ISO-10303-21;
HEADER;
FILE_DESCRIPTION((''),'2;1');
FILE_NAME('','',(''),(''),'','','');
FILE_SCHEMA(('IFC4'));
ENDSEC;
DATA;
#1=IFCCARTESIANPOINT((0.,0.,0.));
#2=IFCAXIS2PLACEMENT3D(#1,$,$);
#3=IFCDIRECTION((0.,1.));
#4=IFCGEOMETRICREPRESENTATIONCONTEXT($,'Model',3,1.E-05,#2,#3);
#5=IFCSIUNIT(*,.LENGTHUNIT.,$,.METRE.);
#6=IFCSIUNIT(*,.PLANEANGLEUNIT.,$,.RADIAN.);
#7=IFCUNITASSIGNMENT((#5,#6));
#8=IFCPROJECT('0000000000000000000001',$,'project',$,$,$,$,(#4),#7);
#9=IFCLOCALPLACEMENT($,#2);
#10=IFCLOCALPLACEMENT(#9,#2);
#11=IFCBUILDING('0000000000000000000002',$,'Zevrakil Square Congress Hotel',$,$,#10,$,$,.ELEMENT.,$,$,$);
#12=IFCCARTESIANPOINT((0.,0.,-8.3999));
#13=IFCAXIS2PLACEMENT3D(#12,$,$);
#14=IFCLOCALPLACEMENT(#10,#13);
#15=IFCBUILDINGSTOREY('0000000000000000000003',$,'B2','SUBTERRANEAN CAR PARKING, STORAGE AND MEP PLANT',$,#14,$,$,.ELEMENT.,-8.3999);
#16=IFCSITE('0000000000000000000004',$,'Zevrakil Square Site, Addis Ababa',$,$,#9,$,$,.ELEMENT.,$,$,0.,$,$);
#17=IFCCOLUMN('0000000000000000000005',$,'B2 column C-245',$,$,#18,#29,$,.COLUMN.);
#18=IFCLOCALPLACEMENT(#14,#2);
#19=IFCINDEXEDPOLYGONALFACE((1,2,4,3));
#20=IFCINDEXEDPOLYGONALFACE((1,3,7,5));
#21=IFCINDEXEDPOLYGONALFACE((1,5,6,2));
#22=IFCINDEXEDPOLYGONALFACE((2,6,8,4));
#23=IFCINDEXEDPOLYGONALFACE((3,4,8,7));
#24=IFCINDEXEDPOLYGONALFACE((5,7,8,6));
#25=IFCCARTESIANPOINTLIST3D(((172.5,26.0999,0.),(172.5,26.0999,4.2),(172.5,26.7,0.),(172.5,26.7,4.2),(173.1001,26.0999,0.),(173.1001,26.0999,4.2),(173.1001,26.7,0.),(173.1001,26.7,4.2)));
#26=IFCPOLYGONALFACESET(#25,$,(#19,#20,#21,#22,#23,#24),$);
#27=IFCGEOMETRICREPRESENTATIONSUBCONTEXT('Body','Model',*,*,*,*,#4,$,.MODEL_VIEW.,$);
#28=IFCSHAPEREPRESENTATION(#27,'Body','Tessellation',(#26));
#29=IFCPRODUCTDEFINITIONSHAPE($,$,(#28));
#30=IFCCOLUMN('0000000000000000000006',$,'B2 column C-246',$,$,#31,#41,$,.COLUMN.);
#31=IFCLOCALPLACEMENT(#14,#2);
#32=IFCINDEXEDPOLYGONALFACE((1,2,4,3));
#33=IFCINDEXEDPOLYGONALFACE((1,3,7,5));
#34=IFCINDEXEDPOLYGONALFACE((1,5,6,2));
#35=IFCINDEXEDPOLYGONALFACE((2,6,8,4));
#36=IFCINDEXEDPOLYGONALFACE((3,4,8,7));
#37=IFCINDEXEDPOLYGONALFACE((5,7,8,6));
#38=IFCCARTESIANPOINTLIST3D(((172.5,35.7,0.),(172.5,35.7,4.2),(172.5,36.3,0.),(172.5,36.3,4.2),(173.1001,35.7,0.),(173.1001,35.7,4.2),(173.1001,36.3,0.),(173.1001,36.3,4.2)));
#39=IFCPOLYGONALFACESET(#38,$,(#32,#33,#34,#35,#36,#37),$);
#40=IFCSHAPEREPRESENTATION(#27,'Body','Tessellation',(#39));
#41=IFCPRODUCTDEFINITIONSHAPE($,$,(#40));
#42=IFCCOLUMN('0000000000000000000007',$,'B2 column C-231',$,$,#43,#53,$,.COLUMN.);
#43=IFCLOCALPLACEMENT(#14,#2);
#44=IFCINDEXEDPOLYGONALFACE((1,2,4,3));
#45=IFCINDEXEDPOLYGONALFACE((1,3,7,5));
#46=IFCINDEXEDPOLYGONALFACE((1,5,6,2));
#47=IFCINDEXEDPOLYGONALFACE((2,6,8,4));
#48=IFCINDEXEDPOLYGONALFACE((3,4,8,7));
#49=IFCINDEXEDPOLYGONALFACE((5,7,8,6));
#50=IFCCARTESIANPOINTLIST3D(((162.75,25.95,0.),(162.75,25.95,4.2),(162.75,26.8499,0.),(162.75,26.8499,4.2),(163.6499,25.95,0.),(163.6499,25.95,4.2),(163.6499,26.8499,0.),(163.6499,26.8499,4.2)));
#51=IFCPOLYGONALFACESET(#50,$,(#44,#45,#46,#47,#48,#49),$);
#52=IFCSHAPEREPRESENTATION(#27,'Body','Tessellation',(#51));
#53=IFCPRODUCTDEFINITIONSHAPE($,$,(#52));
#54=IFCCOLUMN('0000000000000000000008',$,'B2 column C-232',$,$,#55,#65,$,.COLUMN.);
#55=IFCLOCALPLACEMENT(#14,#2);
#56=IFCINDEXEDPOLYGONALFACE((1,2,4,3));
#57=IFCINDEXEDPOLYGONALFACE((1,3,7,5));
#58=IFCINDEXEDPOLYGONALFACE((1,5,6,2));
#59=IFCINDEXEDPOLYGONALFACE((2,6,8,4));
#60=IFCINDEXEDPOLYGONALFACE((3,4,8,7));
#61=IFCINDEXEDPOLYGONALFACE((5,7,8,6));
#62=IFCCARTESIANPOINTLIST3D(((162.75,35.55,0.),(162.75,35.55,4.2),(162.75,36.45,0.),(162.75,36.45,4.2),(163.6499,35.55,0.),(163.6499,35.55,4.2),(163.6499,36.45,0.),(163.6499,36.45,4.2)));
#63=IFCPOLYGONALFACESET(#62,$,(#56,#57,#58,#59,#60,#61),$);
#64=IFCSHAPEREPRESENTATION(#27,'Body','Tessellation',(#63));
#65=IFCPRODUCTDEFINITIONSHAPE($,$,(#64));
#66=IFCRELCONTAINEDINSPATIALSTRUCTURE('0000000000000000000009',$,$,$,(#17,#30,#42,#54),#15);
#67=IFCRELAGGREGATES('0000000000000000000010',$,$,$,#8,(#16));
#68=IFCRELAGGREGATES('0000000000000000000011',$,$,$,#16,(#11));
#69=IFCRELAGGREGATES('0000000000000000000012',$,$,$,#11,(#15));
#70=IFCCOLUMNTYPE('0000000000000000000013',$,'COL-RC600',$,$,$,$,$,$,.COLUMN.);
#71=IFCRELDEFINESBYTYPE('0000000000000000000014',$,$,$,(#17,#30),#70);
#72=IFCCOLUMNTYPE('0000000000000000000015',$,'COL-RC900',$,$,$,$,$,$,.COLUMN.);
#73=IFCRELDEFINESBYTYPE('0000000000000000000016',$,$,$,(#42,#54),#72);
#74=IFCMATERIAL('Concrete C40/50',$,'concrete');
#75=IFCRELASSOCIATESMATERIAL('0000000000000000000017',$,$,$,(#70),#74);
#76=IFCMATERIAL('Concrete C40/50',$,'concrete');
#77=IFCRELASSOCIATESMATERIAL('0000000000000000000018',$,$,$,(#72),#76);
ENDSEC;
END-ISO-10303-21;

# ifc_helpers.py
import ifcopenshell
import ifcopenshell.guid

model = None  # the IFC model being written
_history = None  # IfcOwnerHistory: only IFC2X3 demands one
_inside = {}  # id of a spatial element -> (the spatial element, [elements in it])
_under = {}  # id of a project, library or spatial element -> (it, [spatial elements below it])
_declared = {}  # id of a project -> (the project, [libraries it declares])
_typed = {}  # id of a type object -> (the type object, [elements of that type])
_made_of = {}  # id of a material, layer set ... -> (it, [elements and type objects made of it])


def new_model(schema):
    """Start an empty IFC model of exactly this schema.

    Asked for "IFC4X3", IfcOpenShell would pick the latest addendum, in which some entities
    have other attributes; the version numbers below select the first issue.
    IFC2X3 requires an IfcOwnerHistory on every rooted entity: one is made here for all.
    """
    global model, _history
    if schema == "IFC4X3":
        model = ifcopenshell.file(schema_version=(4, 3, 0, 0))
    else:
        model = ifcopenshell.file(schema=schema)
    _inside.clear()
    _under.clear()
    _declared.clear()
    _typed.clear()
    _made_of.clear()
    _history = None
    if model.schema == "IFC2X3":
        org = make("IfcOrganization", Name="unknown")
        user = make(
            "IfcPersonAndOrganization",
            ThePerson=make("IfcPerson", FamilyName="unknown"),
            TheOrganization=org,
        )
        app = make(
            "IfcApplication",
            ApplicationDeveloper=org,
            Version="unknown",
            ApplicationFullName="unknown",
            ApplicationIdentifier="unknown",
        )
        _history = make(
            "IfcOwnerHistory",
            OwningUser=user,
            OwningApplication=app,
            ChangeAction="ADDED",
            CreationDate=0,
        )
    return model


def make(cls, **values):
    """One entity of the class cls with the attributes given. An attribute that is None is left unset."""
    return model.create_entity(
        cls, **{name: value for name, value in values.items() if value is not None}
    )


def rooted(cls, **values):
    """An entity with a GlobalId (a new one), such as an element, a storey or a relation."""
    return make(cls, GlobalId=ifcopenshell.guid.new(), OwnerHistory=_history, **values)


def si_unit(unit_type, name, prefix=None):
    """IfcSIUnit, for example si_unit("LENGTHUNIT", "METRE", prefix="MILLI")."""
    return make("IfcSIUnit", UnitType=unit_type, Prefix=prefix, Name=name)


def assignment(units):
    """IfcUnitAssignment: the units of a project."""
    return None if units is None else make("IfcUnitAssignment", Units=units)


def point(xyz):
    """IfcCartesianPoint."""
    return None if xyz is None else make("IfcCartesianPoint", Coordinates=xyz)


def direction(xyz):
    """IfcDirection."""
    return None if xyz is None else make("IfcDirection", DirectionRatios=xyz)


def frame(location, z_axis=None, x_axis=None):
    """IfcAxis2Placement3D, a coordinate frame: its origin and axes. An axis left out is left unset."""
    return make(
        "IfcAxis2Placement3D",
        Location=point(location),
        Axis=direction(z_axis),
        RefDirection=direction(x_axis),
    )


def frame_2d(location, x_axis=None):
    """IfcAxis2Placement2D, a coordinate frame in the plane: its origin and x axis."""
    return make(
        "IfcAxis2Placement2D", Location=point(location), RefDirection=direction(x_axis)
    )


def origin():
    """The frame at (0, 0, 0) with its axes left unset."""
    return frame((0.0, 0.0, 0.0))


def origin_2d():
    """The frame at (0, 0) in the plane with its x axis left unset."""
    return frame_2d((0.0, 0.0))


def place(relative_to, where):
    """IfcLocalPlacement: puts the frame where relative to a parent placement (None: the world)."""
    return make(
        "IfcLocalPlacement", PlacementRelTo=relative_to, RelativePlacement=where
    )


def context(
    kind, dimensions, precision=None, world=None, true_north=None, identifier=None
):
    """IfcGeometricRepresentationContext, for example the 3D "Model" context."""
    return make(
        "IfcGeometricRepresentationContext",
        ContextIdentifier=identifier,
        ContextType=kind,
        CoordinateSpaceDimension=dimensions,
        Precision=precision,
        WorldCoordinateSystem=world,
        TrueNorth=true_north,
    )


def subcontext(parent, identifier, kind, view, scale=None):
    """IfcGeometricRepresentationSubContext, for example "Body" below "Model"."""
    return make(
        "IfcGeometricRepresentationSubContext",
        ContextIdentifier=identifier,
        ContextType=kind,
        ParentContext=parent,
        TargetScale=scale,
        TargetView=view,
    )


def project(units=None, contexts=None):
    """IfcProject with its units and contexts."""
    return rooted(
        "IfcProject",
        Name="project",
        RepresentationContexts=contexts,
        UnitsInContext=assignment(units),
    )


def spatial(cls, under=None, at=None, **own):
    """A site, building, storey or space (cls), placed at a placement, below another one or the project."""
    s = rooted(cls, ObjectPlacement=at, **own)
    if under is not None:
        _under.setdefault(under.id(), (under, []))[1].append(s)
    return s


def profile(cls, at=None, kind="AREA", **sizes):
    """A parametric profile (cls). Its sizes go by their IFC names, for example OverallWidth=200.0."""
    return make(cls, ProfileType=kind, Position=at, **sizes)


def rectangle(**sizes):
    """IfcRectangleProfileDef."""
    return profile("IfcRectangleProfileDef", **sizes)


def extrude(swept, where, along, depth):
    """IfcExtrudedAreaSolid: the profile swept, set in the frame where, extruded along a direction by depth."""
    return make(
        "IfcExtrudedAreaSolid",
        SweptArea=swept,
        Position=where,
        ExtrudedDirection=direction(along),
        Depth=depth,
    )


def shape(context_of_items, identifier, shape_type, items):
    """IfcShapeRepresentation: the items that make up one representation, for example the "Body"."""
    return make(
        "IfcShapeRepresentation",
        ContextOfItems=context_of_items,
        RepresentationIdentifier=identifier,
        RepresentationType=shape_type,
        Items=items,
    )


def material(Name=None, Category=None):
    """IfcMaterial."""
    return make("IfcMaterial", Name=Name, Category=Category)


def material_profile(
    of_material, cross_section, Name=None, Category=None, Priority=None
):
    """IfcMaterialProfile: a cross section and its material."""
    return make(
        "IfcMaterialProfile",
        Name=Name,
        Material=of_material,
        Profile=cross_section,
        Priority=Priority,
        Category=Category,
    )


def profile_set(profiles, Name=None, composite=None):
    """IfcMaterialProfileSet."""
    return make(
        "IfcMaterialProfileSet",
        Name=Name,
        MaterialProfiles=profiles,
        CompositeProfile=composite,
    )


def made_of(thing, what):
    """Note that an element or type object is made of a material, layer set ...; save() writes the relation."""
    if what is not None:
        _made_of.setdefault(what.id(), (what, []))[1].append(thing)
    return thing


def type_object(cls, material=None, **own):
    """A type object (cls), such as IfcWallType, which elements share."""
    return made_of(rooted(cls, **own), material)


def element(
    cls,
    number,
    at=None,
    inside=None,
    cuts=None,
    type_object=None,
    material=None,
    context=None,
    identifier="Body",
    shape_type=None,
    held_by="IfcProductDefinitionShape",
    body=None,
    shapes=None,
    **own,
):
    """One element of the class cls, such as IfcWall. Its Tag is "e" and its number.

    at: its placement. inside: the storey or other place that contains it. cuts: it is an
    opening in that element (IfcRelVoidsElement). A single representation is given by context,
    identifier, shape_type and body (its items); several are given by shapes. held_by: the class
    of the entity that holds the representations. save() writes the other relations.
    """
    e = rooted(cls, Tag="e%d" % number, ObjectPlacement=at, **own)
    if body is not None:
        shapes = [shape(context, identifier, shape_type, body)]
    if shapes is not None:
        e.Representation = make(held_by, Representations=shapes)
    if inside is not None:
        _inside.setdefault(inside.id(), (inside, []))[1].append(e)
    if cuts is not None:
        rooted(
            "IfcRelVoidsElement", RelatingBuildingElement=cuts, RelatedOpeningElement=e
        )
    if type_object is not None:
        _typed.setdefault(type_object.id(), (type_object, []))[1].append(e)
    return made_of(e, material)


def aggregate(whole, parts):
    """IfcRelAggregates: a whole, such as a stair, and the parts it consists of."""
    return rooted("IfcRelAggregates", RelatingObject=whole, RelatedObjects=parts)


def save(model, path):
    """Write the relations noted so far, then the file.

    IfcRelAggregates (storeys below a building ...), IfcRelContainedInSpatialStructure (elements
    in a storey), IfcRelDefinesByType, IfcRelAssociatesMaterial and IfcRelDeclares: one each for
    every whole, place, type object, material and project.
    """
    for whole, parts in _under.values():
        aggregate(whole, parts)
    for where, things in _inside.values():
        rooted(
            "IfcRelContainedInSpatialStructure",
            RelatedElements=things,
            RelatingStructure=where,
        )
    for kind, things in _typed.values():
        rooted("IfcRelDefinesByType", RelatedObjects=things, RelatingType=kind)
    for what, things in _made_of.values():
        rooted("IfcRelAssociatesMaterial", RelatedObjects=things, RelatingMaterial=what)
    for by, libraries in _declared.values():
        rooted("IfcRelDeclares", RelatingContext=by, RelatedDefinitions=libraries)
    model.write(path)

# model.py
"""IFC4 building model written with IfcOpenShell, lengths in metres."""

from ifc_helpers import new_model, si_unit, direction, frame, origin, origin_2d, place, context, subcontext, project, spatial, rectangle, extrude, material, material_profile, profile_set, type_object, element, save


model = new_model("IFC4")

# Units and contexts
model_context = context("Model", 3, precision=1e-05, world=origin(), true_north=direction((0.0, 1.0)))
body_context = subcontext(model_context, "Body", "Model", "MODEL_VIEW")
ifc_project = project(units=[si_unit("LENGTHUNIT", "METRE"), si_unit("PLANEANGLEUNIT", "RADIAN")], contexts=[model_context])

# Site, building, storey
site_placement = place(None, origin())
site = spatial("IfcSite", under=ifc_project, at=site_placement, Name="Zevrakil Square Site, Addis Ababa", CompositionType="ELEMENT", RefElevation=0.0)
building_placement = place(site_placement, origin())
building = spatial("IfcBuilding", under=site, at=building_placement, Name="Zevrakil Square Congress Hotel", CompositionType="ELEMENT")
storey_placement = place(building_placement, frame((0.0, 0.0, -8.3999)))
storey = spatial("IfcBuildingStorey", under=building, at=storey_placement, Name="B2", Description="SUBTERRANEAN CAR PARKING, STORAGE AND MEP PLANT", CompositionType="ELEMENT", Elevation=-8.3999)

# Columns
ifc_material_1 = material(Name="Concrete C40/50", Category="concrete")
ifc_material_profile_1 = material_profile(ifc_material_1, rectangle(XDim=0.6001, YDim=0.6001, at=origin_2d()), Name="RC 600x600")
ifc_profile_set_1 = profile_set([ifc_material_profile_1], Name="Concrete C40/50")
column_type_1 = type_object("IfcColumnType", Name="COL-RC600", PredefinedType="COLUMN", material=ifc_profile_set_1)
for number, where, z_axis, x_axis, name in (
    (1, (172.8, 26.3999, 0.0), (0.0, 0.0, 1.0), (1.0, 0.0, 0.0), "B2 column C-245"),
    (2, (172.8, 36.0, 0.0), (0.0, 0.0, 1.0), (1.0, 0.0, 0.0), "B2 column C-246"),
):
    element("IfcColumn", number, at=place(storey_placement, frame(where, z_axis=z_axis, x_axis=x_axis)), inside=storey, type_object=column_type_1, Name=name, PredefinedType="COLUMN", context=body_context, shape_type="SweptSolid", body=[
        extrude(rectangle(XDim=0.6001, YDim=0.6001, at=origin_2d()), origin(), (0.0, 0.0, 1.0), 4.2),
    ])
ifc_material_2 = material(Name="Concrete C40/50", Category="concrete")
ifc_material_profile_2 = material_profile(ifc_material_2, rectangle(XDim=0.8999, YDim=0.8999, at=origin_2d()), Name="RC 900x900")
ifc_profile_set_2 = profile_set([ifc_material_profile_2], Name="Concrete C40/50")
column_type_2 = type_object("IfcColumnType", Name="COL-RC900", PredefinedType="COLUMN", material=ifc_profile_set_2)
for number, where, z_axis, x_axis, name in (
    (3, (163.2, 26.3999, 0.0), (0.0, 0.0, 1.0), (1.0, 0.0, 0.0), "B2 column C-231"),
    (4, (163.2, 36.0, 0.0), (0.0, 0.0, 1.0), (1.0, 0.0, 0.0), "B2 column C-232"),
):
    element("IfcColumn", number, at=place(storey_placement, frame(where, z_axis=z_axis, x_axis=x_axis)), inside=storey, type_object=column_type_2, Name=name, PredefinedType="COLUMN", context=body_context, shape_type="SweptSolid", body=[
        extrude(rectangle(XDim=0.8999, YDim=0.8999, at=origin_2d()), origin(), (0.0, 0.0, 1.0), 4.2),
    ])

save(model, "model.ifc")
